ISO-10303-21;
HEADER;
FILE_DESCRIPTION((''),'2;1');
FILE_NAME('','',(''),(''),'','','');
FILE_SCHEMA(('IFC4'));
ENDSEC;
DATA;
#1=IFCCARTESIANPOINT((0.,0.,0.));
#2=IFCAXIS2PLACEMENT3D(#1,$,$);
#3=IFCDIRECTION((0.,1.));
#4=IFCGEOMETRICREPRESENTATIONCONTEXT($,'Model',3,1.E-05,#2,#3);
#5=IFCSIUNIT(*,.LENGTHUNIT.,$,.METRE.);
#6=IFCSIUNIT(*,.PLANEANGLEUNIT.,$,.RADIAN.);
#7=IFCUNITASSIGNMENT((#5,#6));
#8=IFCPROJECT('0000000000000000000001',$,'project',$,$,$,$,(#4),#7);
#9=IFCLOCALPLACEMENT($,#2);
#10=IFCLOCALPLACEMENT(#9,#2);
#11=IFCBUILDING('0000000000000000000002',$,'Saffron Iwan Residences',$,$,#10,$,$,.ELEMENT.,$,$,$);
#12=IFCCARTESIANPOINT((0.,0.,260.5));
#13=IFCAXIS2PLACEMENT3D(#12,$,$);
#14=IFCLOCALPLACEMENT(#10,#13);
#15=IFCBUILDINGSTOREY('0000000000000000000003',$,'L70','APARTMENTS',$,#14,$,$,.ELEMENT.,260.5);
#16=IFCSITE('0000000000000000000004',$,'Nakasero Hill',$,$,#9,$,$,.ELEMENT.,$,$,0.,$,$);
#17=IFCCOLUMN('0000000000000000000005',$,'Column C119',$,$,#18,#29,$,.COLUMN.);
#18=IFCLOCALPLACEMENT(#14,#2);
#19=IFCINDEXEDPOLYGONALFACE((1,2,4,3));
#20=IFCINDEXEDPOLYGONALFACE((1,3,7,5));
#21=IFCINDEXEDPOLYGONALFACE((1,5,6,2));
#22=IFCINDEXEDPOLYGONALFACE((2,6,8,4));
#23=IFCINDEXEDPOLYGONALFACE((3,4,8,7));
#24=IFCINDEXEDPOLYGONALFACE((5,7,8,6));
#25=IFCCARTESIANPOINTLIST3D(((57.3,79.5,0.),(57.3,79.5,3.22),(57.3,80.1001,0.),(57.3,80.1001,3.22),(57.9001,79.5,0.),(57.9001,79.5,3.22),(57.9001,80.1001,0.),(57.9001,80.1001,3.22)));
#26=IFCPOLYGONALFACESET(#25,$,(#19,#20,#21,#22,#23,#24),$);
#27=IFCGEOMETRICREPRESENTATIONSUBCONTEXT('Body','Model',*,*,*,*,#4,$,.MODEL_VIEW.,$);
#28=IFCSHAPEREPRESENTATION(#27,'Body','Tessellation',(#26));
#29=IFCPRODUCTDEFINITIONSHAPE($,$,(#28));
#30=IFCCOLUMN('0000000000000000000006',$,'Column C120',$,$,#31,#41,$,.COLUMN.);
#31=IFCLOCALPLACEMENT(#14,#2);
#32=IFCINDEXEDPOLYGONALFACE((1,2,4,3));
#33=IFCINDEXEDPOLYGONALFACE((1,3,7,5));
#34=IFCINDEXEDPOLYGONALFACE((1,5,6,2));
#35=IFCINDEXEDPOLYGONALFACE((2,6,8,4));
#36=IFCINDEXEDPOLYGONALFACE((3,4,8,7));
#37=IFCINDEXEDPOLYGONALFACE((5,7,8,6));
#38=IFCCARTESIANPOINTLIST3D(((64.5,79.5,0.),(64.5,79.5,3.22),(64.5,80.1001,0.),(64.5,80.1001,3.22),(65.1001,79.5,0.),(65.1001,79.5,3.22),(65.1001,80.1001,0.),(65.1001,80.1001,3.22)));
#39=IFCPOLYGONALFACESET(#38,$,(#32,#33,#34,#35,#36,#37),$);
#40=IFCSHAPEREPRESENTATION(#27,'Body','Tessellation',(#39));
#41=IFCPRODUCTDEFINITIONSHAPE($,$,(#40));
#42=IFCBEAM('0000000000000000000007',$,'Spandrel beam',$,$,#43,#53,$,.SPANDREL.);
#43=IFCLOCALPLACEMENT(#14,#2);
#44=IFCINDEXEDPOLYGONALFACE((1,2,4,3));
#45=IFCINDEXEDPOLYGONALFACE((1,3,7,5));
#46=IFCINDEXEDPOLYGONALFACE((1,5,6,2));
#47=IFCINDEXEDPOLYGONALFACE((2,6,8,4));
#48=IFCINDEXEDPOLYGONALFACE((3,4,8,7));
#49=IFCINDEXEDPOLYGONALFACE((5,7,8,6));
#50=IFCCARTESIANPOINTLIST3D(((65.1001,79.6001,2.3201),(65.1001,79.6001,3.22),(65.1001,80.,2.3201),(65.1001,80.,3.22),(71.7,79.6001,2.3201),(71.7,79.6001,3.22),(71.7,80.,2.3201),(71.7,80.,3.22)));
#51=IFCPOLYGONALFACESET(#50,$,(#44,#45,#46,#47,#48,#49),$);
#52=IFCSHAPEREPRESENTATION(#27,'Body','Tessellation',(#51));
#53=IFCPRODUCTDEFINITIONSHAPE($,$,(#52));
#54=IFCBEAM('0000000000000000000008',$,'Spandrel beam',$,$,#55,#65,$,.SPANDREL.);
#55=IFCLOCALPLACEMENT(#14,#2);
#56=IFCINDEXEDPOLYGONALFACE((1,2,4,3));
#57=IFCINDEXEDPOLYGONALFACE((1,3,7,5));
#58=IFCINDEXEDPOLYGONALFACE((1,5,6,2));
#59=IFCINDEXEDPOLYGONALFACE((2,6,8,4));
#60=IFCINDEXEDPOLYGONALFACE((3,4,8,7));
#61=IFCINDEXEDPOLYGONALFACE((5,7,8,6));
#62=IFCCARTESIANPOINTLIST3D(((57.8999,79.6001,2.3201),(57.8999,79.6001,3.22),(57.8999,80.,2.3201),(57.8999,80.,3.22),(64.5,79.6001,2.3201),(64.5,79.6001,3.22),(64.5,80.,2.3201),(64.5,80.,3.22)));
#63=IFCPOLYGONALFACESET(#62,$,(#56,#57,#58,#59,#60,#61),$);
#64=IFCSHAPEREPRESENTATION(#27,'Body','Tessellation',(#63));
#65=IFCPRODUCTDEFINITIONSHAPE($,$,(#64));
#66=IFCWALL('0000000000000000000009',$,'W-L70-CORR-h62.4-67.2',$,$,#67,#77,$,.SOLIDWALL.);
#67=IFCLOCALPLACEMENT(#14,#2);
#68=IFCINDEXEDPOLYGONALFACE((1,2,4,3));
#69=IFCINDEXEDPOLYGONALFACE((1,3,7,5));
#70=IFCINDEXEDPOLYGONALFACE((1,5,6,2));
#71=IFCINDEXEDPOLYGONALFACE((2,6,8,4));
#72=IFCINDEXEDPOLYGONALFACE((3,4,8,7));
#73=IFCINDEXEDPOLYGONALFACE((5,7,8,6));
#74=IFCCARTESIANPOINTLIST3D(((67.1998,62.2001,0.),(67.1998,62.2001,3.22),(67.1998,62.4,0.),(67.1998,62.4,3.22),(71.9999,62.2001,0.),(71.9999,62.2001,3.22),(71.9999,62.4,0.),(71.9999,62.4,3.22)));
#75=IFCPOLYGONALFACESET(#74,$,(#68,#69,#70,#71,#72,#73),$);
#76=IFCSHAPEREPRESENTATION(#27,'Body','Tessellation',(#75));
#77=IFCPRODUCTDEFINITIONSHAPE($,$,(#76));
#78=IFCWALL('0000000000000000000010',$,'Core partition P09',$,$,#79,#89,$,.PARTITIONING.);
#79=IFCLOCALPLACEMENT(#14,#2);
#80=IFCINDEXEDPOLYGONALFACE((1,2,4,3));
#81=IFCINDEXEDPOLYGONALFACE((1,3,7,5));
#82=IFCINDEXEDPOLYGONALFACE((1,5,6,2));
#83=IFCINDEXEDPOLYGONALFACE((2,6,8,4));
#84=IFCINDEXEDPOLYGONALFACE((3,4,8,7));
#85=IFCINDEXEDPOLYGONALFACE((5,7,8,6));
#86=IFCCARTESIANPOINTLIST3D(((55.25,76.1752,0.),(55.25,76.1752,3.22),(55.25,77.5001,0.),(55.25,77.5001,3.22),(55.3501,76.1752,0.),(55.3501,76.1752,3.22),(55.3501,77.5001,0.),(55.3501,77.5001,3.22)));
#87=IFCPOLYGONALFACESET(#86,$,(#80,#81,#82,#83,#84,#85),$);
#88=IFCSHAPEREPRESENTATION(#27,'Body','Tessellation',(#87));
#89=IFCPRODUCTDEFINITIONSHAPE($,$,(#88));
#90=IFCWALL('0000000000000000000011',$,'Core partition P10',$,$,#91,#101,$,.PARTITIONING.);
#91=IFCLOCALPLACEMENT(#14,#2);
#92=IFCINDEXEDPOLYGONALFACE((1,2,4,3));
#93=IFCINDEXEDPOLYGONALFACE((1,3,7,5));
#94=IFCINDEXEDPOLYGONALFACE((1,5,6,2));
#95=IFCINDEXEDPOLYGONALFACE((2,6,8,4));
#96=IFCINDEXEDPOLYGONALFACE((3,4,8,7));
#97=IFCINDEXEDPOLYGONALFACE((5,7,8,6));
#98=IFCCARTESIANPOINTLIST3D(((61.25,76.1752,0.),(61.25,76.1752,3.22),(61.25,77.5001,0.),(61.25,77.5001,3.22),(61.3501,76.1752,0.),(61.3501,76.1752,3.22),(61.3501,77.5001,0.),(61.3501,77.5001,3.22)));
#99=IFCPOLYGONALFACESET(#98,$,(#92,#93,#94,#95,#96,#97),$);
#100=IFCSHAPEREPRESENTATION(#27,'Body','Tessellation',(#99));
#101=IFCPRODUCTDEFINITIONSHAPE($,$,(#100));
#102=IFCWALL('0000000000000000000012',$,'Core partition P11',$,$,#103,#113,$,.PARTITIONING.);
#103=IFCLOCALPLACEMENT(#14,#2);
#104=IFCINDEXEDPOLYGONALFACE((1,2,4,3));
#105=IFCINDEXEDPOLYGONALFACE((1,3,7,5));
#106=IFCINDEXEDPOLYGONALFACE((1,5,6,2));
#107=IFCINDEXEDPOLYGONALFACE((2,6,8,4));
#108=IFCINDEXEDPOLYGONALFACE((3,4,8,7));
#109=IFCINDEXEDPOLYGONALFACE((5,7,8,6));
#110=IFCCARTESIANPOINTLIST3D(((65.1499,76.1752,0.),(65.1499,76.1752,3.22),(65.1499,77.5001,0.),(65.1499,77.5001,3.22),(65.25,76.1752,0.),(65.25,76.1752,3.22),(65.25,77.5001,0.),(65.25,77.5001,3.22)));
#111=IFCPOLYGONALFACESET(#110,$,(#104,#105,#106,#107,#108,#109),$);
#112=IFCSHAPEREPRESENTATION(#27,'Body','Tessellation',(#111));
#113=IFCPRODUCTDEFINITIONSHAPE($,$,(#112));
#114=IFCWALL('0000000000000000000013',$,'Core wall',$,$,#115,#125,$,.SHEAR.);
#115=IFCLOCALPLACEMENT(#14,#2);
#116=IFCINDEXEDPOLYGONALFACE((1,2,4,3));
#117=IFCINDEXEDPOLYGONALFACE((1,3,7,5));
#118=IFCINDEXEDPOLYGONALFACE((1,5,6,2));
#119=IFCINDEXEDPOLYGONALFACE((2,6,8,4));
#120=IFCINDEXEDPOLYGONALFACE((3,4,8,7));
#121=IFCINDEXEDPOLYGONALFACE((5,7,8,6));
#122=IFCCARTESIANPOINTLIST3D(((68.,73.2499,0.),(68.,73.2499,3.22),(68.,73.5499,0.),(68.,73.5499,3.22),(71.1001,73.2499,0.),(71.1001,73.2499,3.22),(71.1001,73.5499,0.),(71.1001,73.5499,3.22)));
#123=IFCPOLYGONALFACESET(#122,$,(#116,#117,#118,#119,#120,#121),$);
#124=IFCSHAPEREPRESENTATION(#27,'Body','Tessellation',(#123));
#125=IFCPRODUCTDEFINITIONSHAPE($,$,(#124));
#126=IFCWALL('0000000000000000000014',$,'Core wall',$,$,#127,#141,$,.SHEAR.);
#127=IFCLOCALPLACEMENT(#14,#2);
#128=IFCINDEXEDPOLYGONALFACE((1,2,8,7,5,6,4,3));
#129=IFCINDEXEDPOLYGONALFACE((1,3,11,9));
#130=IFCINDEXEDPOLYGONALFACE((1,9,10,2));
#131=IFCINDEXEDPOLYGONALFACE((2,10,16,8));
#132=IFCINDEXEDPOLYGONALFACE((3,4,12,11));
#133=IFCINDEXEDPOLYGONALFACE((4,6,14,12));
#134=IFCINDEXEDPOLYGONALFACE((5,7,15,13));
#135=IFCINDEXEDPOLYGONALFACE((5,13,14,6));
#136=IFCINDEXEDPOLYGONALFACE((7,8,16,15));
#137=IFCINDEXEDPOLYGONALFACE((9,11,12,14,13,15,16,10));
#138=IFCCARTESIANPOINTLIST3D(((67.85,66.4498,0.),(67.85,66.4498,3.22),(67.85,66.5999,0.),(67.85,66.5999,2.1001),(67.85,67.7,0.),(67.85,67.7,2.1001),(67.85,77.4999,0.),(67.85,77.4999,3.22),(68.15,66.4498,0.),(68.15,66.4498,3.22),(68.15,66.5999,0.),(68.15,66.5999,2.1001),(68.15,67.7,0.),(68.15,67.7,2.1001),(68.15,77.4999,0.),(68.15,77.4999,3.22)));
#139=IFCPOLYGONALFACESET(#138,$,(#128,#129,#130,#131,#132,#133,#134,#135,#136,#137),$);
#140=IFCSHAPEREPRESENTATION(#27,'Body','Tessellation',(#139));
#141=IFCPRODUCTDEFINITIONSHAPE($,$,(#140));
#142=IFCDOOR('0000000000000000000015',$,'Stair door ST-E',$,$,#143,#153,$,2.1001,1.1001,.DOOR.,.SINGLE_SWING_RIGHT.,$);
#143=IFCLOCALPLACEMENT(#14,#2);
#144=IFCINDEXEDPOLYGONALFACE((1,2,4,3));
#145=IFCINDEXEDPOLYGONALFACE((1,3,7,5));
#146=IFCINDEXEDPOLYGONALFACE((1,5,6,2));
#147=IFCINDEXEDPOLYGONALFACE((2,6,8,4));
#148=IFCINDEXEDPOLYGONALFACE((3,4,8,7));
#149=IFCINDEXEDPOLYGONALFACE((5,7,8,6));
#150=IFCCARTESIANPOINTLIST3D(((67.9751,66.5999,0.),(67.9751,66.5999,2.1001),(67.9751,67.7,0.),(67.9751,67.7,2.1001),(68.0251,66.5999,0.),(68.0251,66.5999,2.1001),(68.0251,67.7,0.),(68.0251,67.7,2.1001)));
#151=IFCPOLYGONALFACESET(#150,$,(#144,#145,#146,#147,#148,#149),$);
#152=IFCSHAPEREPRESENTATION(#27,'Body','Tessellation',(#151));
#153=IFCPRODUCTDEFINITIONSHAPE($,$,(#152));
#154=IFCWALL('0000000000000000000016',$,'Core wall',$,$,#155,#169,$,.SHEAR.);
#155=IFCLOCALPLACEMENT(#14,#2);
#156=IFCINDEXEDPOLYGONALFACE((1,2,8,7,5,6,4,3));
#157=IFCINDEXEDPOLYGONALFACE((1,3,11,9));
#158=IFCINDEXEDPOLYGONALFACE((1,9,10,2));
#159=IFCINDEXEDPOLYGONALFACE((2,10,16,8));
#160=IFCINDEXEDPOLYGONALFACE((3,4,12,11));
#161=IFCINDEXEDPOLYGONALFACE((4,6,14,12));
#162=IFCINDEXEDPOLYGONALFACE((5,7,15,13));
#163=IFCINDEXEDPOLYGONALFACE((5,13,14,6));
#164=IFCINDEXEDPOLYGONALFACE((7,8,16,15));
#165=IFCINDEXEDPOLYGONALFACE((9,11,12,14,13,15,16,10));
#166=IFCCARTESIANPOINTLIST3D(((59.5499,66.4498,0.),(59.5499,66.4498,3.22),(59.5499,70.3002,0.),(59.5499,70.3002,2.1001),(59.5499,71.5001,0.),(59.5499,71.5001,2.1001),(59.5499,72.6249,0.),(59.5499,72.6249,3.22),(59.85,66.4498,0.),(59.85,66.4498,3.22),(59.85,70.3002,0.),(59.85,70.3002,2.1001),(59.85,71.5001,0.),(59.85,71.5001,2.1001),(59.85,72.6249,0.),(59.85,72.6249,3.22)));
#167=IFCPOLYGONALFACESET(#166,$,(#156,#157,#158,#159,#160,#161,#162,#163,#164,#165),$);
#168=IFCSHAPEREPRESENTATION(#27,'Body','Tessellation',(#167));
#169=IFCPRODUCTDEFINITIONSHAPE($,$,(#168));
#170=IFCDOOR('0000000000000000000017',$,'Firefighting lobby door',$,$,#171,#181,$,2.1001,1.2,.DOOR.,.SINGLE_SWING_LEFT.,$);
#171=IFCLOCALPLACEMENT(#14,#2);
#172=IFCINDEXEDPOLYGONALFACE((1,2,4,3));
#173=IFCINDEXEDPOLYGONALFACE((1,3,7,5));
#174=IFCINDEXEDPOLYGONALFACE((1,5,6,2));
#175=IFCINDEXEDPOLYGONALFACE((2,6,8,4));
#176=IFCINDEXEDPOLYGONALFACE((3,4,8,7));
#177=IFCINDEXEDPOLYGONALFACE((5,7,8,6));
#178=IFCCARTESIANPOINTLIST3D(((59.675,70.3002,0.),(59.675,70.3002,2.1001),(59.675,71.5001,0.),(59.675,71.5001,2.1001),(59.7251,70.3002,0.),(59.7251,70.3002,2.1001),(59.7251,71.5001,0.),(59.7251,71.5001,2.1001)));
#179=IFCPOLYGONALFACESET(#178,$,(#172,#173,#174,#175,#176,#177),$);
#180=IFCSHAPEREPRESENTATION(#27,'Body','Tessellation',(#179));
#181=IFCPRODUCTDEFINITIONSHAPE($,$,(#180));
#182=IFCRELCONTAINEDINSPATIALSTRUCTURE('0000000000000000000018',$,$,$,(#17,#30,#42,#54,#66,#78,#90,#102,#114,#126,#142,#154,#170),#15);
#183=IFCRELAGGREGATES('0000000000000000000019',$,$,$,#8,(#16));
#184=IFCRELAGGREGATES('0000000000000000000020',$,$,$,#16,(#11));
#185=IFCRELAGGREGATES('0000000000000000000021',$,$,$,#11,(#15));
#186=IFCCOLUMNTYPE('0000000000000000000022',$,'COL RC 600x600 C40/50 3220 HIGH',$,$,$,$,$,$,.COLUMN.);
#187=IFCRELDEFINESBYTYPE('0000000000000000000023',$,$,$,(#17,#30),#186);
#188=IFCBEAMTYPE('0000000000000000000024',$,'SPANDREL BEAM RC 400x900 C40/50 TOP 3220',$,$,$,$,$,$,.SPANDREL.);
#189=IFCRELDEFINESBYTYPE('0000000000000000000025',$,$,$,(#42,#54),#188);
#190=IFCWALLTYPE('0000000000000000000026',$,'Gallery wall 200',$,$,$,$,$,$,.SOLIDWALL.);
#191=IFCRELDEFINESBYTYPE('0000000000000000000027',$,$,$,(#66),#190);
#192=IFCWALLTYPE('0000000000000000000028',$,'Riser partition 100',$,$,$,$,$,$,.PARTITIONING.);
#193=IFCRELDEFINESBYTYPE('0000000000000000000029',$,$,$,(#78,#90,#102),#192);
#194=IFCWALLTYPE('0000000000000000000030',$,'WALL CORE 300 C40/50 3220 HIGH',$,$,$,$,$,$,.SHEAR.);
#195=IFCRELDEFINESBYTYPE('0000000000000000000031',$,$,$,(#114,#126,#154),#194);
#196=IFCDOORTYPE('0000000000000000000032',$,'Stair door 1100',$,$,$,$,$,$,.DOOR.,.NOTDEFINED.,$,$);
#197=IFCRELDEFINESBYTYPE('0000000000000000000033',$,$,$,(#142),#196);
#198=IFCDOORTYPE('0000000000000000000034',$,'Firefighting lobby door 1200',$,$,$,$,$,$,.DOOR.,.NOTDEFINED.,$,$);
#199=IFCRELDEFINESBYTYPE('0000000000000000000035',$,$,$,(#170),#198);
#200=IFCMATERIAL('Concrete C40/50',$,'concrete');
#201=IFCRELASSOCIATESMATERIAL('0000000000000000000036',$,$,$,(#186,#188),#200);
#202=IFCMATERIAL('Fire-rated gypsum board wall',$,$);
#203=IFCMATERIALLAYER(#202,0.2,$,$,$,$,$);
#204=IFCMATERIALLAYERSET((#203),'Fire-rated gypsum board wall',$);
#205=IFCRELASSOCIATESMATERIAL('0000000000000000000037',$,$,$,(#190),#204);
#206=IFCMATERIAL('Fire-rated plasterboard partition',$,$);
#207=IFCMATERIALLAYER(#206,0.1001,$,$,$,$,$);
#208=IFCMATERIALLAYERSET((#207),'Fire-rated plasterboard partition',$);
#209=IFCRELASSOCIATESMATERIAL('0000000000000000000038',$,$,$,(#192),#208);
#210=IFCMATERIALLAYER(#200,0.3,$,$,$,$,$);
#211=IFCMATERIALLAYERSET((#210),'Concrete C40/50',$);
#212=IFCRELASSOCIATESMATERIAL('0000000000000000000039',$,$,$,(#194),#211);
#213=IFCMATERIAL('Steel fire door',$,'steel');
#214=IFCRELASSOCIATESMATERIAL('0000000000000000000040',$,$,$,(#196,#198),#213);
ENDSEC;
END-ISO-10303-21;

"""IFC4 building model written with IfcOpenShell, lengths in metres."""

from ifc_helpers import new_model, si_unit, direction, frame, frame_2d, origin, origin_2d, place, context, subcontext, project, spatial, rectangle, extrude, source, transform, mapped, material, layer, layer_set, material_profile, profile_set, type_object, element, fill, save


model = new_model("IFC4")

# Units and contexts
model_context = context("Model", 3, precision=1e-05, world=origin(), true_north=direction((0.0, 1.0)))
body_context = subcontext(model_context, "Body", "Model", "MODEL_VIEW")
ifc_project = project(units=[si_unit("LENGTHUNIT", "METRE"), si_unit("PLANEANGLEUNIT", "RADIAN")], contexts=[model_context])

# Site, building, storey
site_placement = place(None, origin())
site = spatial("IfcSite", under=ifc_project, at=site_placement, Name="Nakasero Hill", CompositionType="ELEMENT", RefElevation=0.0)
building_placement = place(site_placement, origin())
building = spatial("IfcBuilding", under=site, at=building_placement, Name="Saffron Iwan Residences", CompositionType="ELEMENT")
storey_placement = place(building_placement, frame((0.0, 0.0, 260.5)))
storey = spatial("IfcBuildingStorey", under=building, at=storey_placement, Name="L70", Description="APARTMENTS", CompositionType="ELEMENT", Elevation=260.5)

# Columns
ifc_material_1 = material(Name="Concrete C40/50", Category="concrete")
ifc_material_profile_1 = material_profile(ifc_material_1, rectangle(XDim=0.6001, YDim=0.6001, at=origin_2d()), Name="RC 600x600")
ifc_profile_set_1 = profile_set([ifc_material_profile_1], Name="Concrete C40/50")
column_type = type_object("IfcColumnType", Name="COL RC 600x600 C40/50 3220 HIGH", PredefinedType="COLUMN", material=ifc_profile_set_1)
shared_shape_1 = source(origin(), body_context, "Body", "SweptSolid", [
    extrude(rectangle(XDim=0.6001, YDim=0.6001, at=origin_2d()), origin(), (0.0, 0.0, 1.0), 3.22),
])
for number, where, z_axis, x_axis, name in (
    (1, (57.6001, 79.8, 0.0), (0.0, 0.0, 1.0), (1.0, 0.0, 0.0), "Column C119"),
    (2, (64.8, 79.8, 0.0), (0.0, 0.0, 1.0), (1.0, 0.0, 0.0), "Column C120"),
):
    element("IfcColumn", number, at=place(storey_placement, frame(where, z_axis=z_axis, x_axis=x_axis)), inside=storey, type_object=column_type, Name=name, PredefinedType="COLUMN", context=body_context, shape_type="MappedRepresentation", body=[
        mapped(shared_shape_1, transform((0.0, 0.0, 0.0))),
    ])

# Beams
ifc_material_profile_2 = material_profile(ifc_material_1, rectangle(XDim=0.3999, YDim=0.8999, at=origin_2d()), Name="RC 400x900")
ifc_profile_set_2 = profile_set([ifc_material_profile_2], Name="Concrete C40/50")
beam_type = type_object("IfcBeamType", Name="SPANDREL BEAM RC 400x900 C40/50 TOP 3220", PredefinedType="SPANDREL", material=ifc_profile_set_2)
shared_shape_2 = source(origin(), body_context, "Body", "SweptSolid", [
    extrude(rectangle(XDim=0.3999, YDim=0.8999, at=origin_2d()), origin(), (0.0, 0.0, 1.0), 6.5999),
])
beam_1_placement = place(storey_placement, frame((65.1001, 79.8, 2.77), z_axis=(1.0, 0.0, 0.0), x_axis=(0.0, 1.0, 0.0)))
element("IfcBeam", 3, at=beam_1_placement, inside=storey, type_object=beam_type, Name="Spandrel beam", PredefinedType="SPANDREL", context=body_context, shape_type="MappedRepresentation", body=[
    mapped(shared_shape_2, transform((0.0, 0.0, 0.0))),
])
shared_shape_3 = source(origin(), body_context, "Body", "SweptSolid", [
    extrude(rectangle(XDim=0.3999, YDim=0.8999, at=origin_2d()), origin(), (0.0, 0.0, 1.0), 6.6001),
])
beam_2_placement = place(storey_placement, frame((57.8999, 79.8, 2.77), z_axis=(1.0, 0.0, 0.0), x_axis=(0.0, 1.0, 0.0)))
element("IfcBeam", 4, at=beam_2_placement, inside=storey, type_object=beam_type, Name="Spandrel beam", PredefinedType="SPANDREL", context=body_context, shape_type="MappedRepresentation", body=[
    mapped(shared_shape_3, transform((0.0, 0.0, 0.0))),
])

# Walls
ifc_material_2 = material(Name="Fire-rated gypsum board wall")
ifc_layer_1 = layer(ifc_material_2, 0.2)
ifc_layer_set_1 = layer_set([ifc_layer_1], Name="Fire-rated gypsum board wall")
wall_type_1 = type_object("IfcWallType", Name="Gallery wall 200", PredefinedType="SOLIDWALL", material=ifc_layer_set_1)
wall_1_placement = place(storey_placement, frame((67.2, 62.3, 0.0), z_axis=(0.0, 0.0, 1.0), x_axis=(1.0, 0.0, 0.0)))
element("IfcWall", 5, at=wall_1_placement, inside=storey, type_object=wall_type_1, Name="W-L70-CORR-h62.4-67.2", PredefinedType="SOLIDWALL", context=body_context, shape_type="SweptSolid", body=[
    extrude(rectangle(XDim=4.8, YDim=0.2, at=frame_2d((2.3999, 0.0))), origin(), (0.0, 0.0, 1.0), 3.22),
])
ifc_material_3 = material(Name="Fire-rated plasterboard partition")
ifc_layer_2 = layer(ifc_material_3, 0.1001)
ifc_layer_set_2 = layer_set([ifc_layer_2], Name="Fire-rated plasterboard partition")
wall_type_2 = type_object("IfcWallType", Name="Riser partition 100", PredefinedType="PARTITIONING", material=ifc_layer_set_2)
for number, where, z_axis, x_axis, name in (
    (6, (55.3, 76.175, 0.0), (0.0, 0.0, 1.0), (0.0, 1.0, 0.0), "Core partition P09"),
    (7, (61.3, 76.175, 0.0), (0.0, 0.0, 1.0), (0.0, 1.0, 0.0), "Core partition P10"),
    (8, (65.2, 76.175, 0.0), (0.0, 0.0, 1.0), (0.0, 1.0, 0.0), "Core partition P11"),
):
    element("IfcWall", number, at=place(storey_placement, frame(where, z_axis=z_axis, x_axis=x_axis)), inside=storey, type_object=wall_type_2, Name=name, PredefinedType="PARTITIONING", context=body_context, shape_type="SweptSolid", body=[
        extrude(rectangle(XDim=1.325, YDim=0.1001, at=frame_2d((0.6626, 0.0))), origin(), (0.0, 0.0, 1.0), 3.22),
    ])
ifc_layer_3 = layer(ifc_material_1, 0.3)
ifc_layer_set_3 = layer_set([ifc_layer_3], Name="Concrete C40/50")
wall_type_3 = type_object("IfcWallType", Name="WALL CORE 300 C40/50 3220 HIGH", PredefinedType="SHEAR", material=ifc_layer_set_3)
wall_2_placement = place(storey_placement, frame((68.0, 73.3999, 0.0), z_axis=(0.0, 0.0, 1.0), x_axis=(1.0, 0.0, 0.0)))
element("IfcWall", 9, at=wall_2_placement, inside=storey, type_object=wall_type_3, Name="Core wall", PredefinedType="SHEAR", context=body_context, shape_type="SweptSolid", body=[
    extrude(rectangle(XDim=3.1001, YDim=0.3, at=frame_2d((1.55, 0.0))), origin(), (0.0, 0.0, 1.0), 3.22),
])

# Walls, openings, doors
wall_3_placement = place(storey_placement, frame((68.0, 66.45, 0.0), z_axis=(0.0, 0.0, 1.0), x_axis=(0.0, 1.0, 0.0)))
wall_3 = element("IfcWall", 10, at=wall_3_placement, inside=storey, type_object=wall_type_3, Name="Core wall", PredefinedType="SHEAR", context=body_context, shape_type="SweptSolid", body=[
    extrude(rectangle(XDim=11.05, YDim=0.3, at=frame_2d((5.5249, 0.0))), origin(), (0.0, 0.0, 1.0), 3.22),
])
opening_1_placement = place(wall_3_placement, frame((0.1499, 0.0, 0.0)))
opening_1 = element("IfcOpeningElement", 11, at=opening_1_placement, cuts=wall_3, PredefinedType="OPENING", context=body_context, shape_type="SweptSolid", body=[
    extrude(rectangle(XDim=1.1001, YDim=2.1001, at=frame_2d((0.55, 1.05))), frame((0.0, 0.1602, 0.0), z_axis=(0.0, -1.0, 0.0), x_axis=(1.0, 0.0, 0.0)), (0.0, 0.0, 1.0), 0.3201),
])
ifc_material_4 = material(Name="Steel fire door", Category="steel")
door_type_1 = type_object("IfcDoorType", Name="Stair door 1100", OperationType="NOTDEFINED", PredefinedType="DOOR", material=ifc_material_4)
door_1_placement = place(opening_1_placement, origin())
door_1 = element("IfcDoor", 12, at=door_1_placement, inside=storey, type_object=door_type_1, Name="Stair door ST-E", OperationType="SINGLE_SWING_RIGHT", OverallHeight=2.1001, OverallWidth=1.1001, PredefinedType="DOOR", context=body_context, shape_type="SweptSolid", body=[
    extrude(rectangle(XDim=1.1001, YDim=2.1001, at=frame_2d((0.55, 1.05))), frame((0.0, 0.0249, 0.0), z_axis=(0.0, -1.0, 0.0), x_axis=(1.0, 0.0, 0.0)), (0.0, 0.0, 1.0), 0.05),
])
fill(opening_1, door_1)
wall_4_placement = place(storey_placement, frame((59.7, 66.45, 0.0), z_axis=(0.0, 0.0, 1.0), x_axis=(0.0, 1.0, 0.0)))
wall_4 = element("IfcWall", 13, at=wall_4_placement, inside=storey, type_object=wall_type_3, Name="Core wall", PredefinedType="SHEAR", context=body_context, shape_type="SweptSolid", body=[
    extrude(rectangle(XDim=6.175, YDim=0.3, at=frame_2d((3.0874, 0.0))), origin(), (0.0, 0.0, 1.0), 3.22),
])
opening_2_placement = place(wall_4_placement, frame((3.8501, 0.0, 0.0)))
opening_2 = element("IfcOpeningElement", 14, at=opening_2_placement, cuts=wall_4, PredefinedType="OPENING", context=body_context, shape_type="SweptSolid", body=[
    extrude(rectangle(XDim=1.2, YDim=2.1001, at=frame_2d((0.6001, 1.05))), frame((0.0, 0.1602, 0.0), z_axis=(0.0, -1.0, 0.0), x_axis=(1.0, 0.0, 0.0)), (0.0, 0.0, 1.0), 0.3201),
])
door_type_2 = type_object("IfcDoorType", Name="Firefighting lobby door 1200", OperationType="NOTDEFINED", PredefinedType="DOOR", material=ifc_material_4)
door_2_placement = place(opening_2_placement, origin())
door_2 = element("IfcDoor", 15, at=door_2_placement, inside=storey, type_object=door_type_2, Name="Firefighting lobby door", OperationType="SINGLE_SWING_LEFT", OverallHeight=2.1001, OverallWidth=1.2, PredefinedType="DOOR", context=body_context, shape_type="SweptSolid", body=[
    extrude(rectangle(XDim=1.2, YDim=2.1001, at=frame_2d((0.6001, 1.05))), frame((0.0, 0.0249, 0.0), z_axis=(0.0, -1.0, 0.0), x_axis=(1.0, 0.0, 0.0)), (0.0, 0.0, 1.0), 0.05),
])
fill(opening_2, door_2)

save(model, "model.ifc")
